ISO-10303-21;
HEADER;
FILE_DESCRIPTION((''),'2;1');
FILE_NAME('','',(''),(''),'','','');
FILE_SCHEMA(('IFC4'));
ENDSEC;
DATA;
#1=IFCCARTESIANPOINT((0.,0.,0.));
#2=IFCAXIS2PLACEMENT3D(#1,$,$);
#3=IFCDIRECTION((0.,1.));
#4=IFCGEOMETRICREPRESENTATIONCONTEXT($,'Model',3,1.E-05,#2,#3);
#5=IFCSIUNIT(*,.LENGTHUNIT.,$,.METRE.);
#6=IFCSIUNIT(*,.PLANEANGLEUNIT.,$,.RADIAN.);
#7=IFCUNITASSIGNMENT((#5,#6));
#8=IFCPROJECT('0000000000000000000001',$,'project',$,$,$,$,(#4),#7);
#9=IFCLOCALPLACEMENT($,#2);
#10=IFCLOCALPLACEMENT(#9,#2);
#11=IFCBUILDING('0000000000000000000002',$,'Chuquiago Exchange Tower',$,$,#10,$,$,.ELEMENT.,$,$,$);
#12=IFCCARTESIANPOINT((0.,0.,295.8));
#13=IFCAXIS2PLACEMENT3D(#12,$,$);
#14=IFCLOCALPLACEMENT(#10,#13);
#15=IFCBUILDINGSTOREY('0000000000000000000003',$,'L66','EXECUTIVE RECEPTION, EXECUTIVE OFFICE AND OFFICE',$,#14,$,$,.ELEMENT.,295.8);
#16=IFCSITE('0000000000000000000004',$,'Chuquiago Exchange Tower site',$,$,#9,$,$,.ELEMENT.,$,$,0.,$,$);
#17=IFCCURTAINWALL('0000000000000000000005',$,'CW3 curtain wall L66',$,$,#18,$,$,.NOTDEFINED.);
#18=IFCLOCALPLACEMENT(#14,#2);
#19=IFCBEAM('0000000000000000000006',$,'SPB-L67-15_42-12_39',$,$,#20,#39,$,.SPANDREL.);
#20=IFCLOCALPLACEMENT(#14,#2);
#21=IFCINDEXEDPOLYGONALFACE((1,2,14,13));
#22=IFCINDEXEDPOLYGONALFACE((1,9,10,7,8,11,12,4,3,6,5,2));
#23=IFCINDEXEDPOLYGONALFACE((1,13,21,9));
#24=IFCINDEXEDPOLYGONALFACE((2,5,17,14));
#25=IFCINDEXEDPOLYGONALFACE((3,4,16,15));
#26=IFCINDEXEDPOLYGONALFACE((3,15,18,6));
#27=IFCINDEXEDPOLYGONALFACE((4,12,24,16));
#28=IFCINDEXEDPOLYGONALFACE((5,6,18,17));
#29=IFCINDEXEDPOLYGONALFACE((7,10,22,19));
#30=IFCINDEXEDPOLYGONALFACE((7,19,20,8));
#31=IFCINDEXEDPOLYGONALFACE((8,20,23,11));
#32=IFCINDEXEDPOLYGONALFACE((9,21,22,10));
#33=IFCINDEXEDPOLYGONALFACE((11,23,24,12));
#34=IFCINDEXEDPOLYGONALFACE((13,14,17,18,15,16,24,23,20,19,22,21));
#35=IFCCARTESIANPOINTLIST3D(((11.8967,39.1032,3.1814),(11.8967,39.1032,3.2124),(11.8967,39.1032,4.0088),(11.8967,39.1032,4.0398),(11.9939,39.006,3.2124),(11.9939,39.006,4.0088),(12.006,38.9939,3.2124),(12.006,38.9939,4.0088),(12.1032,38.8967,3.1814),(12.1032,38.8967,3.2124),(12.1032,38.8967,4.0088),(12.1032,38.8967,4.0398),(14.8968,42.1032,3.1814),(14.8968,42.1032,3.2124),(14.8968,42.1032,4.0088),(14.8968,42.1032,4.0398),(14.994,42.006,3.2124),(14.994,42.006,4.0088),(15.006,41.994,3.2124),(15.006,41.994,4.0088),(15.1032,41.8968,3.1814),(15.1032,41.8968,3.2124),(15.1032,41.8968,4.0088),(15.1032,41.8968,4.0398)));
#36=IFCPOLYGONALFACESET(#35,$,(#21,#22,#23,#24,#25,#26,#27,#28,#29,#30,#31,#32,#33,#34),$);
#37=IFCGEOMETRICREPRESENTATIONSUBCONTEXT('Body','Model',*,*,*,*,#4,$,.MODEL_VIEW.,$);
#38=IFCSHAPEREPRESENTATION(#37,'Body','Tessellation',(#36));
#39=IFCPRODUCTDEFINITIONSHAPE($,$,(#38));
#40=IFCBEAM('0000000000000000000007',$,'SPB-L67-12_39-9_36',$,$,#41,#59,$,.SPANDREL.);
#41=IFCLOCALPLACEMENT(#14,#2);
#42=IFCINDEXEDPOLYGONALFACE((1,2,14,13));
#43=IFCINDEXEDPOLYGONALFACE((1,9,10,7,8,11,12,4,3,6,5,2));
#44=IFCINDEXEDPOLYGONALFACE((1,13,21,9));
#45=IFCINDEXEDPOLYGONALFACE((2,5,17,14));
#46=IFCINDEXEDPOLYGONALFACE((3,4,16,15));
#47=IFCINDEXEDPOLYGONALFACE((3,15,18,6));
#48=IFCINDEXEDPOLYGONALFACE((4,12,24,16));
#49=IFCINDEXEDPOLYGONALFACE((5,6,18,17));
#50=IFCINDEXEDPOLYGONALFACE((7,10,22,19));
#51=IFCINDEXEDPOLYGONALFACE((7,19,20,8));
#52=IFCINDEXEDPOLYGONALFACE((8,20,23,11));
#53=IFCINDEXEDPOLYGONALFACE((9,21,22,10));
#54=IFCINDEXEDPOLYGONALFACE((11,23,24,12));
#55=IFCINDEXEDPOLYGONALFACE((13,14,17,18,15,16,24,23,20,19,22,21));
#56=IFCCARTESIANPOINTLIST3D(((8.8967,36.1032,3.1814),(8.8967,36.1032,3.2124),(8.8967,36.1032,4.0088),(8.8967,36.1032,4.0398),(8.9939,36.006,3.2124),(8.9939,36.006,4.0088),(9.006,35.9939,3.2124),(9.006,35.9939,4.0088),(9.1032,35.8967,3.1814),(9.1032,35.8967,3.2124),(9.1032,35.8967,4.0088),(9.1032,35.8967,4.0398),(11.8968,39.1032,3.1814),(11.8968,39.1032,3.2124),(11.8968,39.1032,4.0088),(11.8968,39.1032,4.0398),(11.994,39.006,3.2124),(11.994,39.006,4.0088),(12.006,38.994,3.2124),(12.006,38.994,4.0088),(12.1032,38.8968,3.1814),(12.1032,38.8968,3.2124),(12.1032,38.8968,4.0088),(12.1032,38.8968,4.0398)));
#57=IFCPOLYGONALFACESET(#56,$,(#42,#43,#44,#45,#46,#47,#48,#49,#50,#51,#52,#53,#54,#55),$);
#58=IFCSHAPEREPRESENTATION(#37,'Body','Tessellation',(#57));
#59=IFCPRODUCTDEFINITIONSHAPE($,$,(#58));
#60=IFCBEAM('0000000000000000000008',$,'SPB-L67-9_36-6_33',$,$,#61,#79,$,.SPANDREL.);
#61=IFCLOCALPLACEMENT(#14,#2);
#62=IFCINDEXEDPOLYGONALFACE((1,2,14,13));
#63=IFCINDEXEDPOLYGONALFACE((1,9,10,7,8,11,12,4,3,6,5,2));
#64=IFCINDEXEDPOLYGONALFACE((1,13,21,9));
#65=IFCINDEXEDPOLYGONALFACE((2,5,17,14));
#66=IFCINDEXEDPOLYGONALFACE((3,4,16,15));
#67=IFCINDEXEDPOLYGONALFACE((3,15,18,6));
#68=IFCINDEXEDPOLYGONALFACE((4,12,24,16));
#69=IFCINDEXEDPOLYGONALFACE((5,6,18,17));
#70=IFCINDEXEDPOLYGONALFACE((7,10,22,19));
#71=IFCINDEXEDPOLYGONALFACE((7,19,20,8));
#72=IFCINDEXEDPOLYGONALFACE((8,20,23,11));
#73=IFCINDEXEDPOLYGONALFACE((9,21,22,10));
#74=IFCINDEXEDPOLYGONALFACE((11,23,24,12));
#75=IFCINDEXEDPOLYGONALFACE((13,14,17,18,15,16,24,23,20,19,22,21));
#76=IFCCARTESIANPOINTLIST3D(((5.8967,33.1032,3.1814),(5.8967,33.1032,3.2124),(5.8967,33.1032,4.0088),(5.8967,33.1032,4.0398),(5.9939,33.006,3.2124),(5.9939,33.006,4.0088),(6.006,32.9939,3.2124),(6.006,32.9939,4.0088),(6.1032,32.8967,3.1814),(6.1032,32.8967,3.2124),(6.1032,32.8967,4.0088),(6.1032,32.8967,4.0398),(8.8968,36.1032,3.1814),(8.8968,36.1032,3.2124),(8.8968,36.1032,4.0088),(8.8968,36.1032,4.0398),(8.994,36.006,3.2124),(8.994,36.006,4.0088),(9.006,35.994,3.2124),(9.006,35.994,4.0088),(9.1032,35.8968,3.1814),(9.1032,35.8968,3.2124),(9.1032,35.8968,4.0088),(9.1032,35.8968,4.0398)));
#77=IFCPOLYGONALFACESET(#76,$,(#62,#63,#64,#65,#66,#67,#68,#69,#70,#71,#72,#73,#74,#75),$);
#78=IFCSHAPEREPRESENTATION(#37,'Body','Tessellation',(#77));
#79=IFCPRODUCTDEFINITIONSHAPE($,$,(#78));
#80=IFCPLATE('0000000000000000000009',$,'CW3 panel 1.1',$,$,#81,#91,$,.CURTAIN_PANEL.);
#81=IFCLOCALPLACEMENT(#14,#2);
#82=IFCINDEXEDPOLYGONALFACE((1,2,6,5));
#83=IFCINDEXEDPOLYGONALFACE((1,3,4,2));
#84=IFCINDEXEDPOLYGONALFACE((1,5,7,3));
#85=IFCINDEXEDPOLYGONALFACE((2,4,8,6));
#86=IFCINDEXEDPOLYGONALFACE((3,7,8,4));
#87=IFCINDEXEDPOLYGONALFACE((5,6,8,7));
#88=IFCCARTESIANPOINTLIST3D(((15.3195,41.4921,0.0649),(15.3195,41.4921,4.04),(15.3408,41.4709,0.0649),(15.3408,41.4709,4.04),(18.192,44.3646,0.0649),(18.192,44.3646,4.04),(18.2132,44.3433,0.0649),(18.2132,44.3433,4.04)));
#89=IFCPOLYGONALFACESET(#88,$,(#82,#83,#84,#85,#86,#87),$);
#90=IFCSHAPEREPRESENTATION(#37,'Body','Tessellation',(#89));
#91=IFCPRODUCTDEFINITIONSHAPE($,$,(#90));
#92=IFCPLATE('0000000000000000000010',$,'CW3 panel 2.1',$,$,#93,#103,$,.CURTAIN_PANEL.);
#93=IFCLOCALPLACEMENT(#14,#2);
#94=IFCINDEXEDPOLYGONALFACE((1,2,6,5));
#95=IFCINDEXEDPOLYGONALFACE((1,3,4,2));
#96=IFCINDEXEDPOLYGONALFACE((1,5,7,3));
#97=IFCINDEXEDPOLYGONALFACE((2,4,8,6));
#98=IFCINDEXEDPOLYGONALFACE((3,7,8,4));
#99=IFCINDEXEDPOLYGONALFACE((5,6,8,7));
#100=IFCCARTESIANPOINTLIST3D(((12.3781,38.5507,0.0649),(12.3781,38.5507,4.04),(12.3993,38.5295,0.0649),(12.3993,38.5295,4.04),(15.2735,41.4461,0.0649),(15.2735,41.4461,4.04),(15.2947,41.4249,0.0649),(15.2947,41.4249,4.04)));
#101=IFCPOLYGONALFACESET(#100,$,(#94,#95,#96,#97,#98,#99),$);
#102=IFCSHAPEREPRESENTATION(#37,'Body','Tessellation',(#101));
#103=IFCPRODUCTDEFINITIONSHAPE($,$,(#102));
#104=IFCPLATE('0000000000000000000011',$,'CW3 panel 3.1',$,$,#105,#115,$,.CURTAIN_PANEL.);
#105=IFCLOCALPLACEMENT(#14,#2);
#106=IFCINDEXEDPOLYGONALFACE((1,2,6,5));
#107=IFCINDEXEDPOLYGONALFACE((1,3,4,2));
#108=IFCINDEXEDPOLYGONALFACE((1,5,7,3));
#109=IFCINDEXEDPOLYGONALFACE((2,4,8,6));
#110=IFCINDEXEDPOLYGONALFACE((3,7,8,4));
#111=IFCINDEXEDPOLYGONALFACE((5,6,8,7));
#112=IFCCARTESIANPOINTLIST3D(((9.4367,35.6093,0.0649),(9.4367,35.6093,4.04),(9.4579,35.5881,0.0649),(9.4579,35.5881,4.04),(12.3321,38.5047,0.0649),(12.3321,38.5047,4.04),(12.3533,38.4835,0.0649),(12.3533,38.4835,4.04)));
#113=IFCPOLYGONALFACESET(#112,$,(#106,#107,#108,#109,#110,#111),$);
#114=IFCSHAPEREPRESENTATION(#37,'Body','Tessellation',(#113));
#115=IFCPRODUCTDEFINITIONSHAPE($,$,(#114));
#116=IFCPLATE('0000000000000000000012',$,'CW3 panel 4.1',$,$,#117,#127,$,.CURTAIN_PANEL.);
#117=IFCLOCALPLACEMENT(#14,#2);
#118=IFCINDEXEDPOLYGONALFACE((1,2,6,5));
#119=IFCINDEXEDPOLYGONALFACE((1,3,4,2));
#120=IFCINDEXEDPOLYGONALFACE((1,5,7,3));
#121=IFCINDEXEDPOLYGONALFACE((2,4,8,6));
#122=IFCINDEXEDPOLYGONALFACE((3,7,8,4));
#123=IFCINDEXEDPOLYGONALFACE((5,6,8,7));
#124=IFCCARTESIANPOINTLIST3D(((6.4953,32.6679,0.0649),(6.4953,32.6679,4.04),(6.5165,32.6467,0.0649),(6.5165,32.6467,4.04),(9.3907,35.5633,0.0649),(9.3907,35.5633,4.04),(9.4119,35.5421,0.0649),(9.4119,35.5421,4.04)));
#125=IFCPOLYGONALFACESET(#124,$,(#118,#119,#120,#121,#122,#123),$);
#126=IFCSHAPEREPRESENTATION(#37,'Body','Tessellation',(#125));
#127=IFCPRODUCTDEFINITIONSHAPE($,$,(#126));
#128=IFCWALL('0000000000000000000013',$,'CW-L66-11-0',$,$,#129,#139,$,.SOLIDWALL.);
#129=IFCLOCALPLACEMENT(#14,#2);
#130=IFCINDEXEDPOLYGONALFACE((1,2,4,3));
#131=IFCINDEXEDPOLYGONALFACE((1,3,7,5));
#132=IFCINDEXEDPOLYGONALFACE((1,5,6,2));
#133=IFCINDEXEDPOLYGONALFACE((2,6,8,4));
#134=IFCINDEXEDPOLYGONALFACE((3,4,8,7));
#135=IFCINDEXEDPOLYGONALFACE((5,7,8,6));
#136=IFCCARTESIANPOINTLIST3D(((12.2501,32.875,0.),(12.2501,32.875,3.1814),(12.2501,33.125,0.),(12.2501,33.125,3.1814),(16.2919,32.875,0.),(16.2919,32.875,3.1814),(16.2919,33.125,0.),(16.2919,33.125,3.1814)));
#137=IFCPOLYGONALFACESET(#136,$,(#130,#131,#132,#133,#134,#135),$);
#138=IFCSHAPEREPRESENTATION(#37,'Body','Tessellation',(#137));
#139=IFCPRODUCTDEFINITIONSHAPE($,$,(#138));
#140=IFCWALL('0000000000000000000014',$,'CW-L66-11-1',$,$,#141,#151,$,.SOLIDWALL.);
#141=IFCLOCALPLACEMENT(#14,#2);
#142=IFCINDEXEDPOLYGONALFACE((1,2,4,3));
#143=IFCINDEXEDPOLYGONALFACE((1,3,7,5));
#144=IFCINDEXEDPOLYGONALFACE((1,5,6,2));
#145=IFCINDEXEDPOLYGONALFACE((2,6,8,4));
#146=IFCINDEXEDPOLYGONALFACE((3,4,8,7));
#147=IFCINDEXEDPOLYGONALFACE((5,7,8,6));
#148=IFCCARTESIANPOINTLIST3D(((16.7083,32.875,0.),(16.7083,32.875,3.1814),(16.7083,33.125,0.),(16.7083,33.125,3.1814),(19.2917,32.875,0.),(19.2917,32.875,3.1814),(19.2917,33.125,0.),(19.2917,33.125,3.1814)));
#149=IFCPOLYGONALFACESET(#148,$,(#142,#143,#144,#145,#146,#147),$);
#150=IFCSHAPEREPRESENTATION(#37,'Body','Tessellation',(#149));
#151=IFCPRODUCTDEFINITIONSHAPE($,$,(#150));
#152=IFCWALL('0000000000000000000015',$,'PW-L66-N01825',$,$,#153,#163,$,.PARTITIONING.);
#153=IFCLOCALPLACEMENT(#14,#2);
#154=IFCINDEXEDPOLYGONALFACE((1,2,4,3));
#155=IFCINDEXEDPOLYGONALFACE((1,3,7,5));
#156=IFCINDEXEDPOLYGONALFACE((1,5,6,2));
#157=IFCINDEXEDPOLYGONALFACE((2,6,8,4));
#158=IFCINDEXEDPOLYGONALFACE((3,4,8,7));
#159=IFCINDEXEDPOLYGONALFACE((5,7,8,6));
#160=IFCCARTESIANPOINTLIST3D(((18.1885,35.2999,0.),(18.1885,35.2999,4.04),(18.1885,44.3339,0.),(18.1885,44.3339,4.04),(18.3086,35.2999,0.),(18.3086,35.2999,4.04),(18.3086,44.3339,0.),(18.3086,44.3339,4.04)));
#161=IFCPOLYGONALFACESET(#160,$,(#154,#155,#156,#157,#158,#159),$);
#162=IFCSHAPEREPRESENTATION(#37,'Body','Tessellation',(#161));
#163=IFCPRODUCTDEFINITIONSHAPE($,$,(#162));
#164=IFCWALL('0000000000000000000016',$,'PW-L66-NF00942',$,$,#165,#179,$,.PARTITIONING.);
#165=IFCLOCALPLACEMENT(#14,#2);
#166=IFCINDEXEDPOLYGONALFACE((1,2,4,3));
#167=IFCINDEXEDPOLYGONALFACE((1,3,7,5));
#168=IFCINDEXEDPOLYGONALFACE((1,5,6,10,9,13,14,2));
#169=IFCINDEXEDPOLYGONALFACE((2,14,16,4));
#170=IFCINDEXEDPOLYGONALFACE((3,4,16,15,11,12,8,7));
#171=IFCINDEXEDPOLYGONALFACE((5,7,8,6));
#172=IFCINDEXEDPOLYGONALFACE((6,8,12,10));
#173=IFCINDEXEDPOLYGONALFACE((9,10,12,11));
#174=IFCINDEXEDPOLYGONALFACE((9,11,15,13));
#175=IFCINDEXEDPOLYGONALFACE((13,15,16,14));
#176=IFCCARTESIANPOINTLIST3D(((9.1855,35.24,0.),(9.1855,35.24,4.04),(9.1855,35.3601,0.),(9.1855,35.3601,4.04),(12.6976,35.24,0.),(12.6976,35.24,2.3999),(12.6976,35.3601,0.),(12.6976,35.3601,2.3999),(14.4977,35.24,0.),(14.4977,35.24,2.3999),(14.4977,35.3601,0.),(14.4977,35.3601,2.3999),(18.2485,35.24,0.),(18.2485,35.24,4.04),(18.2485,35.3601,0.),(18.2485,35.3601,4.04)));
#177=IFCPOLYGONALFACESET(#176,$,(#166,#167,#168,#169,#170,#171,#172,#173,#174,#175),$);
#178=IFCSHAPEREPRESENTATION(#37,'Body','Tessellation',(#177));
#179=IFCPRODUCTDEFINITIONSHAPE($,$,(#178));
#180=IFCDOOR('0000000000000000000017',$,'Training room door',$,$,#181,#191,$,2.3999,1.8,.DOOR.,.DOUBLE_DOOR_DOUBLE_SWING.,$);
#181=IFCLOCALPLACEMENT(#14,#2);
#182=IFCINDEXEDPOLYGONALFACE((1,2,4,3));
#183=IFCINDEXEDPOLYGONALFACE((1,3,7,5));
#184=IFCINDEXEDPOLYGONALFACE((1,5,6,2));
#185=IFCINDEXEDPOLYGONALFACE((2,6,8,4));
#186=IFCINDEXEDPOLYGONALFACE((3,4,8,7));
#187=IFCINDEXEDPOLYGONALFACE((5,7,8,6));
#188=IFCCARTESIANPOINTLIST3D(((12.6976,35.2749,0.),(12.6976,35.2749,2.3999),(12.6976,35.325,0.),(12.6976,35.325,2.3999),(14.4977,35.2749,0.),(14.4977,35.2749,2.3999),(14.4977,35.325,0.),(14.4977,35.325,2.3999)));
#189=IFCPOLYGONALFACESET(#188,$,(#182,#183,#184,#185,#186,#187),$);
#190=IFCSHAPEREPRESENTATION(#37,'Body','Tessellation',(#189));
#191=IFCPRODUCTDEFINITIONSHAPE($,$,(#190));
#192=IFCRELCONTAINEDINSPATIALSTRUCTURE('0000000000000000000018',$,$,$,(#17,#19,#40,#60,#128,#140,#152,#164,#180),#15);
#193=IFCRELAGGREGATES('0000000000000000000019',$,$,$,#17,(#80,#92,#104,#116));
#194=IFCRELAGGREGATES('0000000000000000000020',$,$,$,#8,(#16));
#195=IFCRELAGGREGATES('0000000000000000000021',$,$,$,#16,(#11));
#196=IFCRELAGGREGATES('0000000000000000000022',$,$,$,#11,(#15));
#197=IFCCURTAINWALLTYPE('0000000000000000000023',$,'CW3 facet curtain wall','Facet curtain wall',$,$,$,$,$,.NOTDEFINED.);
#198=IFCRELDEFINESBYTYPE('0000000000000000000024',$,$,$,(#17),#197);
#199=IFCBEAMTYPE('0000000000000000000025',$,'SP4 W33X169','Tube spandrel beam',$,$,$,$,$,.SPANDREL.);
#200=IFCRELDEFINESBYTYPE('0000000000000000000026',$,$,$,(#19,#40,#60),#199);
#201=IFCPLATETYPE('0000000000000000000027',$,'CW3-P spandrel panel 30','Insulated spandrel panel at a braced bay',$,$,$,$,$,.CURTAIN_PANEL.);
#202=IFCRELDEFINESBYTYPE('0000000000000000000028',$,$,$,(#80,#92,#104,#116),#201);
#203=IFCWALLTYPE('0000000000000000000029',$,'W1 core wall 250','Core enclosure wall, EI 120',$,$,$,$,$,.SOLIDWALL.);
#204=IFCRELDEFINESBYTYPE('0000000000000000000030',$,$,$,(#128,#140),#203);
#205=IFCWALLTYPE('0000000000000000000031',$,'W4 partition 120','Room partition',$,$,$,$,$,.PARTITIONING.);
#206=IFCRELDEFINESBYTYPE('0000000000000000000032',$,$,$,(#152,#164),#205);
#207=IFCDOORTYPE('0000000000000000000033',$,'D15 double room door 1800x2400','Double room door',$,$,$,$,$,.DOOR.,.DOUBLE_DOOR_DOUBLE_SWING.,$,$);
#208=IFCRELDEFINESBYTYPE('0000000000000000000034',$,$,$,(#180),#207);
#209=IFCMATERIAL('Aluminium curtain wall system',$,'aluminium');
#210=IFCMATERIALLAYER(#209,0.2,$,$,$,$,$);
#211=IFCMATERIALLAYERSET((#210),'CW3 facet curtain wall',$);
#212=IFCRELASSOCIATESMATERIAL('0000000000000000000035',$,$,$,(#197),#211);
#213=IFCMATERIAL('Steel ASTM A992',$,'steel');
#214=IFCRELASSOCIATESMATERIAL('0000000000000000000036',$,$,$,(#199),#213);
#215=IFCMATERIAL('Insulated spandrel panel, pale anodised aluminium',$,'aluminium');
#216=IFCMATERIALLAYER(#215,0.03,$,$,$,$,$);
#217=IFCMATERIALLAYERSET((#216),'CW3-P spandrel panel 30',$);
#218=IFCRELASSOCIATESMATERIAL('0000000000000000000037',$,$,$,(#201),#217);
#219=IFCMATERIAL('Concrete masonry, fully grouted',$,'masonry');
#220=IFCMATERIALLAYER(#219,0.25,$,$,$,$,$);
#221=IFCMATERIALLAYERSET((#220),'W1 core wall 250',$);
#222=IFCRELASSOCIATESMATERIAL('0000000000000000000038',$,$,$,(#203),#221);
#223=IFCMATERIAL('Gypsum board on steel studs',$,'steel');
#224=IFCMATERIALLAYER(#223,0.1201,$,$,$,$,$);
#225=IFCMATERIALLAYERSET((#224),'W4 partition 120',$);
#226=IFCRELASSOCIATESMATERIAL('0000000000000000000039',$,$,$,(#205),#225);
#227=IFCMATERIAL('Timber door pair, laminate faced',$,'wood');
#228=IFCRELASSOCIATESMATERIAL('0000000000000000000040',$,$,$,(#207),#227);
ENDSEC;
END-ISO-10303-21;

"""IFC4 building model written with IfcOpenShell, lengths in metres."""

from ifc_helpers import new_model, si_unit, direction, frame, frame_2d, origin, origin_2d, place, context, subcontext, project, spatial, rectangle, i_section, extrude, material, layer, layer_set, material_profile, profile_set, type_object, element, fill, aggregate, save


model = new_model("IFC4")

# Units and contexts
model_context = context("Model", 3, precision=1e-05, world=origin(), true_north=direction((0.0, 1.0)))
body_context = subcontext(model_context, "Body", "Model", "MODEL_VIEW")
ifc_project = project(units=[si_unit("LENGTHUNIT", "METRE"), si_unit("PLANEANGLEUNIT", "RADIAN")], contexts=[model_context])

# Site, building, storey
site_placement = place(None, origin())
site = spatial("IfcSite", under=ifc_project, at=site_placement, Name="Chuquiago Exchange Tower site", CompositionType="ELEMENT", RefElevation=0.0)
building_placement = place(site_placement, origin())
building = spatial("IfcBuilding", under=site, at=building_placement, Name="Chuquiago Exchange Tower", CompositionType="ELEMENT")
storey_placement = place(building_placement, frame((0.0, 0.0, 295.8)))
storey = spatial("IfcBuildingStorey", under=building, at=storey_placement, Name="L66", Description="EXECUTIVE RECEPTION, EXECUTIVE OFFICE AND OFFICE", CompositionType="ELEMENT", Elevation=295.8)

# Curtain wall
ifc_material_1 = material(Name="Aluminium curtain wall system", Category="aluminium")
ifc_layer_1 = layer(ifc_material_1, 0.2)
ifc_layer_set_1 = layer_set([ifc_layer_1], Name="CW3 facet curtain wall")
curtain_wall_type = type_object("IfcCurtainWallType", Name="CW3 facet curtain wall", Description="Facet curtain wall", PredefinedType="NOTDEFINED", material=ifc_layer_set_1)
curtain_wall_placement = place(storey_placement, origin())
curtain_wall = element("IfcCurtainWall", 1, at=curtain_wall_placement, inside=storey, type_object=curtain_wall_type, Name="CW3 curtain wall L66", PredefinedType="NOTDEFINED")

# Beams
ifc_material_2 = material(Name="Steel ASTM A992", Category="steel")
ifc_material_profile_1 = material_profile(ifc_material_2, i_section(OverallWidth=0.292, OverallDepth=0.8584, WebThickness=0.0171, FlangeThickness=0.031, at=origin_2d()), Name="W33X169")
ifc_profile_set_1 = profile_set([ifc_material_profile_1], Name="Steel ASTM A992")
beam_type_1 = type_object("IfcBeamType", Name="SP4 W33X169", Description="Tube spandrel beam", PredefinedType="SPANDREL", material=ifc_profile_set_1)
for number, where, z_axis, x_axis, name in (
    (2, (15.0, 42.0, 3.6106), (-0.707107, -0.707107, 0.0), (0.707107, -0.707107, 0.0), "SPB-L67-15_42-12_39"),
    (3, (12.0, 39.0, 3.6106), (-0.707107, -0.707107, 0.0), (0.707107, -0.707107, 0.0), "SPB-L67-12_39-9_36"),
    (4, (9.0, 36.0, 3.6106), (-0.707107, -0.707107, 0.0), (0.707107, -0.707107, 0.0), "SPB-L67-9_36-6_33"),
):
    element("IfcBeam", number, at=place(storey_placement, frame(where, z_axis=z_axis, x_axis=x_axis)), inside=storey, type_object=beam_type_1, Name=name, PredefinedType="SPANDREL", context=body_context, shape_type="SweptSolid", body=[
        extrude(i_section(OverallWidth=0.292, OverallDepth=0.8584, WebThickness=0.0171, FlangeThickness=0.031, at=origin_2d()), origin(), (0.0, 0.0, 1.0), 4.2427),
    ])

# Plates
ifc_material_3 = material(Name="Insulated spandrel panel, pale anodised aluminium", Category="aluminium")
ifc_layer_2 = layer(ifc_material_3, 0.03)
ifc_layer_set_2 = layer_set([ifc_layer_2], Name="CW3-P spandrel panel 30")
plate_type = type_object("IfcPlateType", Name="CW3-P spandrel panel 30", Description="Insulated spandrel panel at a braced bay", PredefinedType="CURTAIN_PANEL", material=ifc_layer_set_2)
plate_1_placement = place(storey_placement, frame((16.7664, 42.9177, 0.0649), z_axis=(0.0, 0.0, 1.0), x_axis=(-0.707107, -0.707107, 0.0)))
plate_1 = element("IfcPlate", 5, at=plate_1_placement, type_object=plate_type, Name="CW3 panel 1.1", PredefinedType="CURTAIN_PANEL", context=body_context, shape_type="SweptSolid", body=[
    extrude(rectangle(XDim=4.0623, YDim=0.03, at=origin_2d()), origin(), (0.0, 0.0, 1.0), 3.9751),
])
plate_2_placement = place(storey_placement, frame((13.8364, 39.9878, 0.0649), z_axis=(0.0, 0.0, 1.0), x_axis=(-0.707107, -0.707107, 0.0)))
plate_2 = element("IfcPlate", 6, at=plate_2_placement, type_object=plate_type, Name="CW3 panel 2.1", PredefinedType="CURTAIN_PANEL", context=body_context, shape_type="SweptSolid", body=[
    extrude(rectangle(XDim=4.0947, YDim=0.03, at=origin_2d()), origin(), (0.0, 0.0, 1.0), 3.9751),
])
plate_3_placement = place(storey_placement, frame((10.895, 37.0464, 0.0649), z_axis=(0.0, 0.0, 1.0), x_axis=(-0.707107, -0.707107, 0.0)))
plate_3 = element("IfcPlate", 7, at=plate_3_placement, type_object=plate_type, Name="CW3 panel 3.1", PredefinedType="CURTAIN_PANEL", context=body_context, shape_type="SweptSolid", body=[
    extrude(rectangle(XDim=4.0947, YDim=0.03, at=origin_2d()), origin(), (0.0, 0.0, 1.0), 3.9751),
])
plate_4_placement = place(storey_placement, frame((7.9536, 34.105, 0.0649), z_axis=(0.0, 0.0, 1.0), x_axis=(-0.707107, -0.707107, 0.0)))
plate_4 = element("IfcPlate", 8, at=plate_4_placement, type_object=plate_type, Name="CW3 panel 4.1", PredefinedType="CURTAIN_PANEL", context=body_context, shape_type="SweptSolid", body=[
    extrude(rectangle(XDim=4.0947, YDim=0.03, at=origin_2d()), origin(), (0.0, 0.0, 1.0), 3.9751),
])
aggregate(curtain_wall, [plate_1, plate_2, plate_3, plate_4])

# Walls
ifc_material_4 = material(Name="Concrete masonry, fully grouted", Category="masonry")
ifc_layer_3 = layer(ifc_material_4, 0.25)
ifc_layer_set_3 = layer_set([ifc_layer_3], Name="W1 core wall 250")
wall_type_1 = type_object("IfcWallType", Name="W1 core wall 250", Description="Core enclosure wall, EI 120", PredefinedType="SOLIDWALL", material=ifc_layer_set_3)
wall_1_placement = place(storey_placement, frame((12.25, 33.0, 0.0), z_axis=(0.0, 0.0, 1.0), x_axis=(1.0, 0.0, 0.0)))
element("IfcWall", 9, at=wall_1_placement, inside=storey, type_object=wall_type_1, Name="CW-L66-11-0", PredefinedType="SOLIDWALL", context=body_context, shape_type="SweptSolid", body=[
    extrude(rectangle(XDim=4.0417, YDim=0.25, at=frame_2d((2.021, 0.0))), origin(), (0.0, 0.0, 1.0), 3.1814),
])
wall_2_placement = place(storey_placement, frame((16.7083, 33.0, 0.0), z_axis=(0.0, 0.0, 1.0), x_axis=(1.0, 0.0, 0.0)))
element("IfcWall", 10, at=wall_2_placement, inside=storey, type_object=wall_type_1, Name="CW-L66-11-1", PredefinedType="SOLIDWALL", context=body_context, shape_type="SweptSolid", body=[
    extrude(rectangle(XDim=2.5835, YDim=0.25, at=frame_2d((1.2917, 0.0))), origin(), (0.0, 0.0, 1.0), 3.1814),
])
ifc_material_5 = material(Name="Gypsum board on steel studs", Category="steel")
ifc_layer_4 = layer(ifc_material_5, 0.1201)
ifc_layer_set_4 = layer_set([ifc_layer_4], Name="W4 partition 120")
wall_type_2 = type_object("IfcWallType", Name="W4 partition 120", Description="Room partition", PredefinedType="PARTITIONING", material=ifc_layer_set_4)
wall_3_placement = place(storey_placement, frame((18.2485, 44.334, 0.0), z_axis=(0.0, 0.0, 1.0), x_axis=(0.0, -1.0, 0.0)))
element("IfcWall", 11, at=wall_3_placement, inside=storey, type_object=wall_type_2, Name="PW-L66-N01825", PredefinedType="PARTITIONING", context=body_context, shape_type="SweptSolid", body=[
    extrude(rectangle(XDim=9.0339, YDim=0.1201, at=frame_2d((4.5171, 0.0))), origin(), (0.0, 0.0, 1.0), 4.04),
])

# Wall, opening, door
wall_4_placement = place(storey_placement, frame((9.1855, 35.3, 0.0), z_axis=(0.0, 0.0, 1.0), x_axis=(1.0, 0.0, 0.0)))
wall_4 = element("IfcWall", 12, at=wall_4_placement, inside=storey, type_object=wall_type_2, Name="PW-L66-NF00942", PredefinedType="PARTITIONING", context=body_context, shape_type="SweptSolid", body=[
    extrude(rectangle(XDim=9.063, YDim=0.1201, at=frame_2d((4.5315, 0.0))), origin(), (0.0, 0.0, 1.0), 4.04),
])
opening_placement = place(wall_4_placement, frame((3.5122, 0.0, 0.0)))
opening = element("IfcOpeningElement", 13, at=opening_placement, cuts=wall_4, PredefinedType="OPENING", context=body_context, shape_type="SweptSolid", body=[
    extrude(rectangle(XDim=1.8, YDim=2.3999, at=frame_2d((0.8999, 1.2))), frame((0.0, 0.0701, 0.0), z_axis=(0.0, -1.0, 0.0), x_axis=(1.0, 0.0, 0.0)), (0.0, 0.0, 1.0), 0.1401),
])
ifc_material_6 = material(Name="Timber door pair, laminate faced", Category="wood")
door_type = type_object("IfcDoorType", Name="D15 double room door 1800x2400", Description="Double room door", OperationType="DOUBLE_DOOR_DOUBLE_SWING", PredefinedType="DOOR", material=ifc_material_6)
door_placement = place(opening_placement, origin())
door = element("IfcDoor", 14, at=door_placement, inside=storey, type_object=door_type, Name="Training room door", OperationType="DOUBLE_DOOR_DOUBLE_SWING", OverallHeight=2.3999, OverallWidth=1.8, PredefinedType="DOOR", context=body_context, shape_type="SweptSolid", body=[
    extrude(rectangle(XDim=1.8, YDim=2.3999, at=frame_2d((0.8999, 1.2))), frame((0.0, 0.0249, 0.0), z_axis=(0.0, -1.0, 0.0), x_axis=(1.0, 0.0, 0.0)), (0.0, 0.0, 1.0), 0.05),
])
fill(opening, door)

save(model, "model.ifc")
